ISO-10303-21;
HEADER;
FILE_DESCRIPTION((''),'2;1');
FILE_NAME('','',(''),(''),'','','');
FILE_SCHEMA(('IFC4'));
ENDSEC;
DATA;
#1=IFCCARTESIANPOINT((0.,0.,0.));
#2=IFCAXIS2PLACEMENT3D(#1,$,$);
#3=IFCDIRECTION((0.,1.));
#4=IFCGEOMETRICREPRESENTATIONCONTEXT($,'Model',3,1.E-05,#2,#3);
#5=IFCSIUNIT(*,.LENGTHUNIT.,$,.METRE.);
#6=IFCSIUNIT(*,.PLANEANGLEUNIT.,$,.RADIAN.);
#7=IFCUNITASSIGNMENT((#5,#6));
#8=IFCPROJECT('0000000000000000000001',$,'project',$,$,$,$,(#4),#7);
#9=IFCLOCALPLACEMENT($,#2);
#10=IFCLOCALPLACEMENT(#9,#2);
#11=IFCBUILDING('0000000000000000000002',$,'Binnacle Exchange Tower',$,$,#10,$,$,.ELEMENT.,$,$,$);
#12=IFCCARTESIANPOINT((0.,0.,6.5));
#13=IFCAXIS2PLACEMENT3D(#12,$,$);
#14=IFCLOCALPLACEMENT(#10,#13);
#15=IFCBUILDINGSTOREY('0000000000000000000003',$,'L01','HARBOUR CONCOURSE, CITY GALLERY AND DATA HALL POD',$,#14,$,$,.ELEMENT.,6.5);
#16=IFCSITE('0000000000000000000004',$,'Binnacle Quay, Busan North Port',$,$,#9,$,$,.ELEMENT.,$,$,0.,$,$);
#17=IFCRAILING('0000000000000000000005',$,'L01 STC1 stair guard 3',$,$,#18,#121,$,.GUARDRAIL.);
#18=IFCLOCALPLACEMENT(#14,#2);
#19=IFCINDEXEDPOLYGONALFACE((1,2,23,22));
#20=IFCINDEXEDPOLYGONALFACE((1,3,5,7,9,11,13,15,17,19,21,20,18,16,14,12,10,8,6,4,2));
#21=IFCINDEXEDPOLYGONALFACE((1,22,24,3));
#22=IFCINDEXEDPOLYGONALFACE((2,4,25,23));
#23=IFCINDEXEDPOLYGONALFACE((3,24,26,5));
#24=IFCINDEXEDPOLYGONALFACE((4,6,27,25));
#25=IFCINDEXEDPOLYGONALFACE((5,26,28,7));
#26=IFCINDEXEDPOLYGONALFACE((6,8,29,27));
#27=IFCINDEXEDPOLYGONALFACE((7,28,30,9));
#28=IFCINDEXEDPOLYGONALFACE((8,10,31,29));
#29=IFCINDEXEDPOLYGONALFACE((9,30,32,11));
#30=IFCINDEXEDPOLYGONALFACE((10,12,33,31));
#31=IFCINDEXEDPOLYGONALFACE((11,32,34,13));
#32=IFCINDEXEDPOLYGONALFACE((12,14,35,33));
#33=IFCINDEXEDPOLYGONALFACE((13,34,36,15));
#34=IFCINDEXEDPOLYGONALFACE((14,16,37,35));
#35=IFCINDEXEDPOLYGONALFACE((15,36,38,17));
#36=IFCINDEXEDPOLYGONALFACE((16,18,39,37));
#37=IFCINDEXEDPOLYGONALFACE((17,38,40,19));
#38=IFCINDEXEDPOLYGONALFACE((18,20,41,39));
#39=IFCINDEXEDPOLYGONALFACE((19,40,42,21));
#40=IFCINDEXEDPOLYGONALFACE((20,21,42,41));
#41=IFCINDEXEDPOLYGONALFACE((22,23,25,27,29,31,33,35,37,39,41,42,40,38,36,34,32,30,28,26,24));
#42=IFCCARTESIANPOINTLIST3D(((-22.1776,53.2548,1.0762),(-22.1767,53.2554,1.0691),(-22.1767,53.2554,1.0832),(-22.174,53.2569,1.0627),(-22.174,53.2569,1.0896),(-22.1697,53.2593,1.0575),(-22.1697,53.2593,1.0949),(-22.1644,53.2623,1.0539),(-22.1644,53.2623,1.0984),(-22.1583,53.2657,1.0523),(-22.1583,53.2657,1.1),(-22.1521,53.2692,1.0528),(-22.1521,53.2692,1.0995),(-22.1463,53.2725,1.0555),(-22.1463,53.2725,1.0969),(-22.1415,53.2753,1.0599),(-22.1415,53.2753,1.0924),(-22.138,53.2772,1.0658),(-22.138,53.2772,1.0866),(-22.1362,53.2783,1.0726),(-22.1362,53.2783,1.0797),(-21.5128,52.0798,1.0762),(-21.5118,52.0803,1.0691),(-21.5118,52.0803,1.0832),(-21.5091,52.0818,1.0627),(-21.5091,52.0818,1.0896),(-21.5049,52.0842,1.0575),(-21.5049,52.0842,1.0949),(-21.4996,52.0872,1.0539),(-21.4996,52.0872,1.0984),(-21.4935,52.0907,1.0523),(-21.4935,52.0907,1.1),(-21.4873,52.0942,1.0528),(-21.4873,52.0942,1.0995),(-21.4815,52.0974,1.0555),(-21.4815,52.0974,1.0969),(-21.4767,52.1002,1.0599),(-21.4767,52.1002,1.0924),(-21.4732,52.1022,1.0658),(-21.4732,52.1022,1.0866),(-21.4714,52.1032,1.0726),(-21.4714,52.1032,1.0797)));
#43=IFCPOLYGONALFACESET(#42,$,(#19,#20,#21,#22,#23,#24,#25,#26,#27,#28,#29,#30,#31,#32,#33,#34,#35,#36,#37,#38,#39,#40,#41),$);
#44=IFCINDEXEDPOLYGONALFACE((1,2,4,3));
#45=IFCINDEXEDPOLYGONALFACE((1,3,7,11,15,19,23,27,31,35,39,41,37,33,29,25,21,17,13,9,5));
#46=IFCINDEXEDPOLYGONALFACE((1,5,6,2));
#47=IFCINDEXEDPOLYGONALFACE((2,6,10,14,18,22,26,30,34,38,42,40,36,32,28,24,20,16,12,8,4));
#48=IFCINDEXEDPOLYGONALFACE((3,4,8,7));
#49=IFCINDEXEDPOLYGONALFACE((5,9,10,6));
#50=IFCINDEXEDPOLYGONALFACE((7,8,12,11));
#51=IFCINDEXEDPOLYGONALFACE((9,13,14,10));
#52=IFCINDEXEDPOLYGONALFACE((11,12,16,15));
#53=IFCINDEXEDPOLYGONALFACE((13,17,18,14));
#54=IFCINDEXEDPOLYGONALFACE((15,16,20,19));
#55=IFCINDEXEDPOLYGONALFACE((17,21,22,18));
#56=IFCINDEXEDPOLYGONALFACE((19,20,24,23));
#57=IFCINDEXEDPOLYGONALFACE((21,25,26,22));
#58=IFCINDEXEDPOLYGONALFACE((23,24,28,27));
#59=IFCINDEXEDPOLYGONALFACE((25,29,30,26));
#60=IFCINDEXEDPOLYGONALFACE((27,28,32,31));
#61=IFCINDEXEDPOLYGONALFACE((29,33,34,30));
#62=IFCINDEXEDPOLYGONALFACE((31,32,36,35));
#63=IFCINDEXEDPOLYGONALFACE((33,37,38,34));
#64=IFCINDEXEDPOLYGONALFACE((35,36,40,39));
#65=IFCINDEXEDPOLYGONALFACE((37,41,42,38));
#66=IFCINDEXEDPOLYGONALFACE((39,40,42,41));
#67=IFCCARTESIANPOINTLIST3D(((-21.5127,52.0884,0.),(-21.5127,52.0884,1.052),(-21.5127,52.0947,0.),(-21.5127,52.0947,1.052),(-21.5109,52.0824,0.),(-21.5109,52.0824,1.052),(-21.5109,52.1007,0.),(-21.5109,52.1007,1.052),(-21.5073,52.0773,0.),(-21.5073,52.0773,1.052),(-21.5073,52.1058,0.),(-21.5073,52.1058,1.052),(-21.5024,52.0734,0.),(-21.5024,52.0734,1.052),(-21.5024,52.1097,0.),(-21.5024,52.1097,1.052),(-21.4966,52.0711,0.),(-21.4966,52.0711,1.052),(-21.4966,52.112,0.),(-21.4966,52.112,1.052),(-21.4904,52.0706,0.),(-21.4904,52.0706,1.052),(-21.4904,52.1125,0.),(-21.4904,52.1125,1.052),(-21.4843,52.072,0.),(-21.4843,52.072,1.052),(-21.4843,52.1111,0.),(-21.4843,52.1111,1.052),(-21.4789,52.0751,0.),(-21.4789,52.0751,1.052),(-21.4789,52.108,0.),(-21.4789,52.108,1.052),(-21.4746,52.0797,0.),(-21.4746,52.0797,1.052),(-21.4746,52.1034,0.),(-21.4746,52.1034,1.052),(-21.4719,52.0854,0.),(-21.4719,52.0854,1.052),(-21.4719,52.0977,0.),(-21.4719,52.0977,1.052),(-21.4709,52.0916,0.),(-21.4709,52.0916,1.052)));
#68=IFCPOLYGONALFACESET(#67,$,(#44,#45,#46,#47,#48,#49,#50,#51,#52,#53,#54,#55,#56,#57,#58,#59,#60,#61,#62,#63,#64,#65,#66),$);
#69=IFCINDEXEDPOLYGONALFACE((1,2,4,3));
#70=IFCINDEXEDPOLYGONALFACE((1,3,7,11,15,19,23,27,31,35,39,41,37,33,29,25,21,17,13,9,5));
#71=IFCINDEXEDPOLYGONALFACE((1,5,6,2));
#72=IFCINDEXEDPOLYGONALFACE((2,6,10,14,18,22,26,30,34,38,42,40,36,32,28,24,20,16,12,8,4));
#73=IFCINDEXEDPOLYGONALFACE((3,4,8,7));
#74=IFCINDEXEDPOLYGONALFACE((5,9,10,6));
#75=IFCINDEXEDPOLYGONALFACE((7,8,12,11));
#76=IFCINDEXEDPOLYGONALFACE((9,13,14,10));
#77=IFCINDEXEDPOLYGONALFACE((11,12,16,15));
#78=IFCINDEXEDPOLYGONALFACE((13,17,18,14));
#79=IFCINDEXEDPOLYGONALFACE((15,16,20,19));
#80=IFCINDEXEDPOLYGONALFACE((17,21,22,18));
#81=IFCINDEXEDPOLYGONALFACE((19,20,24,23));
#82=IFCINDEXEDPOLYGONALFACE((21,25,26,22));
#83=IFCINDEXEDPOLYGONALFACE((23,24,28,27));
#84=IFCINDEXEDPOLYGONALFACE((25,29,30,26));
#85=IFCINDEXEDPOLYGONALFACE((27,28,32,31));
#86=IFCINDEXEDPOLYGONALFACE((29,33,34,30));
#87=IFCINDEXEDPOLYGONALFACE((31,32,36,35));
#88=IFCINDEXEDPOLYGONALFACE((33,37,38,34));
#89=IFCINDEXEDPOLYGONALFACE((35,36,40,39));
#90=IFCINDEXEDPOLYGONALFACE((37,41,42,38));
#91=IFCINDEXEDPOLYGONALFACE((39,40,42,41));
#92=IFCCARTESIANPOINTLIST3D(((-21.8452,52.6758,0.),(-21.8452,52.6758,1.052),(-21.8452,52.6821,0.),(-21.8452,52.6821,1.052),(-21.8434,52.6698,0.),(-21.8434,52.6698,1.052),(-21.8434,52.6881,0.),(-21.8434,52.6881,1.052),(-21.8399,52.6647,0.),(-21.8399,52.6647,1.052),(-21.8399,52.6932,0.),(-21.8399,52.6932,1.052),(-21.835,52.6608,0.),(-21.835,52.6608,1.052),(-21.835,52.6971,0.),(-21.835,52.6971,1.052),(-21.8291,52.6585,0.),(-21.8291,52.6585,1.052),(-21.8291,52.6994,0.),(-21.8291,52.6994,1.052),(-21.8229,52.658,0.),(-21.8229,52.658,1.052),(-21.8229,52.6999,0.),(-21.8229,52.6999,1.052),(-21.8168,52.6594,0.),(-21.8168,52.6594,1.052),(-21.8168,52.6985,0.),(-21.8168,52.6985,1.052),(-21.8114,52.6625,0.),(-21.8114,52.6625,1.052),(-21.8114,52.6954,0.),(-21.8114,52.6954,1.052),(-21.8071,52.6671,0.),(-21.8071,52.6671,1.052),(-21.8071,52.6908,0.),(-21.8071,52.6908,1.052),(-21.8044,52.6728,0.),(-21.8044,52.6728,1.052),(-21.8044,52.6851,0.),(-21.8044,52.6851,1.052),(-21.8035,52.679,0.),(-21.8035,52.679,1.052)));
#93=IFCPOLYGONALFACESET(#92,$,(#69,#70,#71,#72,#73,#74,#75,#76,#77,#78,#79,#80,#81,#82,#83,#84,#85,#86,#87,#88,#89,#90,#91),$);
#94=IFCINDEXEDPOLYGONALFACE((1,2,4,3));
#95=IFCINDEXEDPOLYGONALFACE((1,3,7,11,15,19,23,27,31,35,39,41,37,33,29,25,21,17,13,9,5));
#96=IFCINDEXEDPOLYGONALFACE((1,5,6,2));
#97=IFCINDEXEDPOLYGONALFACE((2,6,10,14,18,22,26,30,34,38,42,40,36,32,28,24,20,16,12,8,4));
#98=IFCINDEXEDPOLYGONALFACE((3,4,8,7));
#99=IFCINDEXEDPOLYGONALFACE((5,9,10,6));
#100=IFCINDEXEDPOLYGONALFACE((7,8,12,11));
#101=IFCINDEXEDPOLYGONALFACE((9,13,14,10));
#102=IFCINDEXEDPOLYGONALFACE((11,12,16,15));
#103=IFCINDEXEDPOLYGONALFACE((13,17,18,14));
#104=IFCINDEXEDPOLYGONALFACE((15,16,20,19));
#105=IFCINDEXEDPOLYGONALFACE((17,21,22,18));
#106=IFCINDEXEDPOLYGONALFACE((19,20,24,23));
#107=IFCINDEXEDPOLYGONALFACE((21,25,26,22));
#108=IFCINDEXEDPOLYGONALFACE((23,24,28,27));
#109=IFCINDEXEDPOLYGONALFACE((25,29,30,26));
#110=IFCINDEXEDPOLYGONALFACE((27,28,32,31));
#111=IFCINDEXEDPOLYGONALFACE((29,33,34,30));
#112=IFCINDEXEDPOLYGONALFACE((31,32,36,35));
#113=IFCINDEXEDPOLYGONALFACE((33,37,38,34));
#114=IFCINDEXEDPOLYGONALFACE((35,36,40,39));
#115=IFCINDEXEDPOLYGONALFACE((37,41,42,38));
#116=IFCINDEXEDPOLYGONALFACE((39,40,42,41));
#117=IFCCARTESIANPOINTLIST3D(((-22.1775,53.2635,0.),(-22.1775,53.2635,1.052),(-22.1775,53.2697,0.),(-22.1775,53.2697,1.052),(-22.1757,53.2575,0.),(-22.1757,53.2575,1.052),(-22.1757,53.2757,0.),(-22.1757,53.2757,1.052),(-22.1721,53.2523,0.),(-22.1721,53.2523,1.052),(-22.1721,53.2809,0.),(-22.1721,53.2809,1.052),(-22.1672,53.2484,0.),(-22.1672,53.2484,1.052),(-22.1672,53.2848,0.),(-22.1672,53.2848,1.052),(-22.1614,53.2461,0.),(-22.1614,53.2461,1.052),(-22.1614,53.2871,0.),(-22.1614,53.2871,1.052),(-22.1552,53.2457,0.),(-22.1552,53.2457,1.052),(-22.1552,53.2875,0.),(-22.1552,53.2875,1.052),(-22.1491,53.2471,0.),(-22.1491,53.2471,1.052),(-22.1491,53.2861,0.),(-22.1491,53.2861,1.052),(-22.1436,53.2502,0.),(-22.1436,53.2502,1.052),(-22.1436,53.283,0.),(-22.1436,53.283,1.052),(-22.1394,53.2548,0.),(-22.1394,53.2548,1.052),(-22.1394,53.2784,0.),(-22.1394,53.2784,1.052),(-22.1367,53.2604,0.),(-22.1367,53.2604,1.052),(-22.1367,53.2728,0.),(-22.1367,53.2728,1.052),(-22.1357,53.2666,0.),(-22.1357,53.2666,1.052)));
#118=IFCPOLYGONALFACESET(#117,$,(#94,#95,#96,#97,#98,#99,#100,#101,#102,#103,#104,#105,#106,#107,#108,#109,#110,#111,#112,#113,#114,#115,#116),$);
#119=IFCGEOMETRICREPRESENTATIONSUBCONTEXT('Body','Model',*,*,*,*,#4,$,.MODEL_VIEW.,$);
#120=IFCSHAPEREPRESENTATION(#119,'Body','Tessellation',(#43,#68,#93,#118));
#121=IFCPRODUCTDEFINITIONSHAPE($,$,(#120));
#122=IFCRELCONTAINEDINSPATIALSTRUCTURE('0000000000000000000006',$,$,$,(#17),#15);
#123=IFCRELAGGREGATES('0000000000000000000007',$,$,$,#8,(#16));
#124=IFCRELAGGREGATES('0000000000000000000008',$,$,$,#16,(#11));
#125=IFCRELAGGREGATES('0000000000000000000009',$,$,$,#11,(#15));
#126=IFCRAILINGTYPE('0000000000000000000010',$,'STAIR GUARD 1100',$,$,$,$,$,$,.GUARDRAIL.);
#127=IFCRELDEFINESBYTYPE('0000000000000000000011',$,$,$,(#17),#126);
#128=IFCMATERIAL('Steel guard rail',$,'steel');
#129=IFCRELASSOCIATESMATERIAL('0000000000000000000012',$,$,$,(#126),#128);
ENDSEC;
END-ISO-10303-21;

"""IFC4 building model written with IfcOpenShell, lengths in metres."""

from ifc_helpers import new_model, si_unit, direction, frame, origin, origin_2d, place, context, subcontext, project, spatial, circle, extrude, material, type_object, element, save


model = new_model("IFC4")

# Units and contexts
model_context = context("Model", 3, precision=1e-05, world=origin(), true_north=direction((0.0, 1.0)))
body_context = subcontext(model_context, "Body", "Model", "MODEL_VIEW")
ifc_project = project(units=[si_unit("LENGTHUNIT", "METRE"), si_unit("PLANEANGLEUNIT", "RADIAN")], contexts=[model_context])

# Site, building, storey
site_placement = place(None, origin())
site = spatial("IfcSite", under=ifc_project, at=site_placement, Name="Binnacle Quay, Busan North Port", CompositionType="ELEMENT", RefElevation=0.0)
building_placement = place(site_placement, origin())
building = spatial("IfcBuilding", under=site, at=building_placement, Name="Binnacle Exchange Tower", CompositionType="ELEMENT")
storey_placement = place(building_placement, frame((0.0, 0.0, 6.5)))
storey = spatial("IfcBuildingStorey", under=building, at=storey_placement, Name="L01", Description="HARBOUR CONCOURSE, CITY GALLERY AND DATA HALL POD", CompositionType="ELEMENT", Elevation=6.5)

# Railing
ifc_material_1 = material(Name="Steel guard rail", Category="steel")
railing_type_1 = type_object("IfcRailingType", Name="STAIR GUARD 1100", PredefinedType="GUARDRAIL", material=ifc_material_1)
railing_1_placement = place(storey_placement, frame((-21.4919, 52.0916, 0.0)))
element("IfcRailing", 1, at=railing_1_placement, inside=storey, type_object=railing_type_1, Name="L01 STC1 stair guard 3", PredefinedType="GUARDRAIL", context=body_context, shape_type="SweptSolid", body=[
    extrude(circle(Radius=0.0239, at=origin_2d()), frame((0.0, 0.0, 1.0762), z_axis=(-0.492415, 0.870361, 0.0), x_axis=(-0.870361, -0.492415, 0.0)), (0.0, 0.0, 1.0), 1.3501),
    extrude(circle(Radius=0.021, at=origin_2d()), origin(), (0.0, 0.0, 1.0), 1.052),
    extrude(circle(Radius=0.021, at=origin_2d()), frame((-0.3325, 0.5874, 0.0)), (0.0, 0.0, 1.0), 1.052),
    extrude(circle(Radius=0.021, at=origin_2d()), frame((-0.6648, 1.175, 0.0)), (0.0, 0.0, 1.0), 1.052),
])

save(model, "model.ifc")
